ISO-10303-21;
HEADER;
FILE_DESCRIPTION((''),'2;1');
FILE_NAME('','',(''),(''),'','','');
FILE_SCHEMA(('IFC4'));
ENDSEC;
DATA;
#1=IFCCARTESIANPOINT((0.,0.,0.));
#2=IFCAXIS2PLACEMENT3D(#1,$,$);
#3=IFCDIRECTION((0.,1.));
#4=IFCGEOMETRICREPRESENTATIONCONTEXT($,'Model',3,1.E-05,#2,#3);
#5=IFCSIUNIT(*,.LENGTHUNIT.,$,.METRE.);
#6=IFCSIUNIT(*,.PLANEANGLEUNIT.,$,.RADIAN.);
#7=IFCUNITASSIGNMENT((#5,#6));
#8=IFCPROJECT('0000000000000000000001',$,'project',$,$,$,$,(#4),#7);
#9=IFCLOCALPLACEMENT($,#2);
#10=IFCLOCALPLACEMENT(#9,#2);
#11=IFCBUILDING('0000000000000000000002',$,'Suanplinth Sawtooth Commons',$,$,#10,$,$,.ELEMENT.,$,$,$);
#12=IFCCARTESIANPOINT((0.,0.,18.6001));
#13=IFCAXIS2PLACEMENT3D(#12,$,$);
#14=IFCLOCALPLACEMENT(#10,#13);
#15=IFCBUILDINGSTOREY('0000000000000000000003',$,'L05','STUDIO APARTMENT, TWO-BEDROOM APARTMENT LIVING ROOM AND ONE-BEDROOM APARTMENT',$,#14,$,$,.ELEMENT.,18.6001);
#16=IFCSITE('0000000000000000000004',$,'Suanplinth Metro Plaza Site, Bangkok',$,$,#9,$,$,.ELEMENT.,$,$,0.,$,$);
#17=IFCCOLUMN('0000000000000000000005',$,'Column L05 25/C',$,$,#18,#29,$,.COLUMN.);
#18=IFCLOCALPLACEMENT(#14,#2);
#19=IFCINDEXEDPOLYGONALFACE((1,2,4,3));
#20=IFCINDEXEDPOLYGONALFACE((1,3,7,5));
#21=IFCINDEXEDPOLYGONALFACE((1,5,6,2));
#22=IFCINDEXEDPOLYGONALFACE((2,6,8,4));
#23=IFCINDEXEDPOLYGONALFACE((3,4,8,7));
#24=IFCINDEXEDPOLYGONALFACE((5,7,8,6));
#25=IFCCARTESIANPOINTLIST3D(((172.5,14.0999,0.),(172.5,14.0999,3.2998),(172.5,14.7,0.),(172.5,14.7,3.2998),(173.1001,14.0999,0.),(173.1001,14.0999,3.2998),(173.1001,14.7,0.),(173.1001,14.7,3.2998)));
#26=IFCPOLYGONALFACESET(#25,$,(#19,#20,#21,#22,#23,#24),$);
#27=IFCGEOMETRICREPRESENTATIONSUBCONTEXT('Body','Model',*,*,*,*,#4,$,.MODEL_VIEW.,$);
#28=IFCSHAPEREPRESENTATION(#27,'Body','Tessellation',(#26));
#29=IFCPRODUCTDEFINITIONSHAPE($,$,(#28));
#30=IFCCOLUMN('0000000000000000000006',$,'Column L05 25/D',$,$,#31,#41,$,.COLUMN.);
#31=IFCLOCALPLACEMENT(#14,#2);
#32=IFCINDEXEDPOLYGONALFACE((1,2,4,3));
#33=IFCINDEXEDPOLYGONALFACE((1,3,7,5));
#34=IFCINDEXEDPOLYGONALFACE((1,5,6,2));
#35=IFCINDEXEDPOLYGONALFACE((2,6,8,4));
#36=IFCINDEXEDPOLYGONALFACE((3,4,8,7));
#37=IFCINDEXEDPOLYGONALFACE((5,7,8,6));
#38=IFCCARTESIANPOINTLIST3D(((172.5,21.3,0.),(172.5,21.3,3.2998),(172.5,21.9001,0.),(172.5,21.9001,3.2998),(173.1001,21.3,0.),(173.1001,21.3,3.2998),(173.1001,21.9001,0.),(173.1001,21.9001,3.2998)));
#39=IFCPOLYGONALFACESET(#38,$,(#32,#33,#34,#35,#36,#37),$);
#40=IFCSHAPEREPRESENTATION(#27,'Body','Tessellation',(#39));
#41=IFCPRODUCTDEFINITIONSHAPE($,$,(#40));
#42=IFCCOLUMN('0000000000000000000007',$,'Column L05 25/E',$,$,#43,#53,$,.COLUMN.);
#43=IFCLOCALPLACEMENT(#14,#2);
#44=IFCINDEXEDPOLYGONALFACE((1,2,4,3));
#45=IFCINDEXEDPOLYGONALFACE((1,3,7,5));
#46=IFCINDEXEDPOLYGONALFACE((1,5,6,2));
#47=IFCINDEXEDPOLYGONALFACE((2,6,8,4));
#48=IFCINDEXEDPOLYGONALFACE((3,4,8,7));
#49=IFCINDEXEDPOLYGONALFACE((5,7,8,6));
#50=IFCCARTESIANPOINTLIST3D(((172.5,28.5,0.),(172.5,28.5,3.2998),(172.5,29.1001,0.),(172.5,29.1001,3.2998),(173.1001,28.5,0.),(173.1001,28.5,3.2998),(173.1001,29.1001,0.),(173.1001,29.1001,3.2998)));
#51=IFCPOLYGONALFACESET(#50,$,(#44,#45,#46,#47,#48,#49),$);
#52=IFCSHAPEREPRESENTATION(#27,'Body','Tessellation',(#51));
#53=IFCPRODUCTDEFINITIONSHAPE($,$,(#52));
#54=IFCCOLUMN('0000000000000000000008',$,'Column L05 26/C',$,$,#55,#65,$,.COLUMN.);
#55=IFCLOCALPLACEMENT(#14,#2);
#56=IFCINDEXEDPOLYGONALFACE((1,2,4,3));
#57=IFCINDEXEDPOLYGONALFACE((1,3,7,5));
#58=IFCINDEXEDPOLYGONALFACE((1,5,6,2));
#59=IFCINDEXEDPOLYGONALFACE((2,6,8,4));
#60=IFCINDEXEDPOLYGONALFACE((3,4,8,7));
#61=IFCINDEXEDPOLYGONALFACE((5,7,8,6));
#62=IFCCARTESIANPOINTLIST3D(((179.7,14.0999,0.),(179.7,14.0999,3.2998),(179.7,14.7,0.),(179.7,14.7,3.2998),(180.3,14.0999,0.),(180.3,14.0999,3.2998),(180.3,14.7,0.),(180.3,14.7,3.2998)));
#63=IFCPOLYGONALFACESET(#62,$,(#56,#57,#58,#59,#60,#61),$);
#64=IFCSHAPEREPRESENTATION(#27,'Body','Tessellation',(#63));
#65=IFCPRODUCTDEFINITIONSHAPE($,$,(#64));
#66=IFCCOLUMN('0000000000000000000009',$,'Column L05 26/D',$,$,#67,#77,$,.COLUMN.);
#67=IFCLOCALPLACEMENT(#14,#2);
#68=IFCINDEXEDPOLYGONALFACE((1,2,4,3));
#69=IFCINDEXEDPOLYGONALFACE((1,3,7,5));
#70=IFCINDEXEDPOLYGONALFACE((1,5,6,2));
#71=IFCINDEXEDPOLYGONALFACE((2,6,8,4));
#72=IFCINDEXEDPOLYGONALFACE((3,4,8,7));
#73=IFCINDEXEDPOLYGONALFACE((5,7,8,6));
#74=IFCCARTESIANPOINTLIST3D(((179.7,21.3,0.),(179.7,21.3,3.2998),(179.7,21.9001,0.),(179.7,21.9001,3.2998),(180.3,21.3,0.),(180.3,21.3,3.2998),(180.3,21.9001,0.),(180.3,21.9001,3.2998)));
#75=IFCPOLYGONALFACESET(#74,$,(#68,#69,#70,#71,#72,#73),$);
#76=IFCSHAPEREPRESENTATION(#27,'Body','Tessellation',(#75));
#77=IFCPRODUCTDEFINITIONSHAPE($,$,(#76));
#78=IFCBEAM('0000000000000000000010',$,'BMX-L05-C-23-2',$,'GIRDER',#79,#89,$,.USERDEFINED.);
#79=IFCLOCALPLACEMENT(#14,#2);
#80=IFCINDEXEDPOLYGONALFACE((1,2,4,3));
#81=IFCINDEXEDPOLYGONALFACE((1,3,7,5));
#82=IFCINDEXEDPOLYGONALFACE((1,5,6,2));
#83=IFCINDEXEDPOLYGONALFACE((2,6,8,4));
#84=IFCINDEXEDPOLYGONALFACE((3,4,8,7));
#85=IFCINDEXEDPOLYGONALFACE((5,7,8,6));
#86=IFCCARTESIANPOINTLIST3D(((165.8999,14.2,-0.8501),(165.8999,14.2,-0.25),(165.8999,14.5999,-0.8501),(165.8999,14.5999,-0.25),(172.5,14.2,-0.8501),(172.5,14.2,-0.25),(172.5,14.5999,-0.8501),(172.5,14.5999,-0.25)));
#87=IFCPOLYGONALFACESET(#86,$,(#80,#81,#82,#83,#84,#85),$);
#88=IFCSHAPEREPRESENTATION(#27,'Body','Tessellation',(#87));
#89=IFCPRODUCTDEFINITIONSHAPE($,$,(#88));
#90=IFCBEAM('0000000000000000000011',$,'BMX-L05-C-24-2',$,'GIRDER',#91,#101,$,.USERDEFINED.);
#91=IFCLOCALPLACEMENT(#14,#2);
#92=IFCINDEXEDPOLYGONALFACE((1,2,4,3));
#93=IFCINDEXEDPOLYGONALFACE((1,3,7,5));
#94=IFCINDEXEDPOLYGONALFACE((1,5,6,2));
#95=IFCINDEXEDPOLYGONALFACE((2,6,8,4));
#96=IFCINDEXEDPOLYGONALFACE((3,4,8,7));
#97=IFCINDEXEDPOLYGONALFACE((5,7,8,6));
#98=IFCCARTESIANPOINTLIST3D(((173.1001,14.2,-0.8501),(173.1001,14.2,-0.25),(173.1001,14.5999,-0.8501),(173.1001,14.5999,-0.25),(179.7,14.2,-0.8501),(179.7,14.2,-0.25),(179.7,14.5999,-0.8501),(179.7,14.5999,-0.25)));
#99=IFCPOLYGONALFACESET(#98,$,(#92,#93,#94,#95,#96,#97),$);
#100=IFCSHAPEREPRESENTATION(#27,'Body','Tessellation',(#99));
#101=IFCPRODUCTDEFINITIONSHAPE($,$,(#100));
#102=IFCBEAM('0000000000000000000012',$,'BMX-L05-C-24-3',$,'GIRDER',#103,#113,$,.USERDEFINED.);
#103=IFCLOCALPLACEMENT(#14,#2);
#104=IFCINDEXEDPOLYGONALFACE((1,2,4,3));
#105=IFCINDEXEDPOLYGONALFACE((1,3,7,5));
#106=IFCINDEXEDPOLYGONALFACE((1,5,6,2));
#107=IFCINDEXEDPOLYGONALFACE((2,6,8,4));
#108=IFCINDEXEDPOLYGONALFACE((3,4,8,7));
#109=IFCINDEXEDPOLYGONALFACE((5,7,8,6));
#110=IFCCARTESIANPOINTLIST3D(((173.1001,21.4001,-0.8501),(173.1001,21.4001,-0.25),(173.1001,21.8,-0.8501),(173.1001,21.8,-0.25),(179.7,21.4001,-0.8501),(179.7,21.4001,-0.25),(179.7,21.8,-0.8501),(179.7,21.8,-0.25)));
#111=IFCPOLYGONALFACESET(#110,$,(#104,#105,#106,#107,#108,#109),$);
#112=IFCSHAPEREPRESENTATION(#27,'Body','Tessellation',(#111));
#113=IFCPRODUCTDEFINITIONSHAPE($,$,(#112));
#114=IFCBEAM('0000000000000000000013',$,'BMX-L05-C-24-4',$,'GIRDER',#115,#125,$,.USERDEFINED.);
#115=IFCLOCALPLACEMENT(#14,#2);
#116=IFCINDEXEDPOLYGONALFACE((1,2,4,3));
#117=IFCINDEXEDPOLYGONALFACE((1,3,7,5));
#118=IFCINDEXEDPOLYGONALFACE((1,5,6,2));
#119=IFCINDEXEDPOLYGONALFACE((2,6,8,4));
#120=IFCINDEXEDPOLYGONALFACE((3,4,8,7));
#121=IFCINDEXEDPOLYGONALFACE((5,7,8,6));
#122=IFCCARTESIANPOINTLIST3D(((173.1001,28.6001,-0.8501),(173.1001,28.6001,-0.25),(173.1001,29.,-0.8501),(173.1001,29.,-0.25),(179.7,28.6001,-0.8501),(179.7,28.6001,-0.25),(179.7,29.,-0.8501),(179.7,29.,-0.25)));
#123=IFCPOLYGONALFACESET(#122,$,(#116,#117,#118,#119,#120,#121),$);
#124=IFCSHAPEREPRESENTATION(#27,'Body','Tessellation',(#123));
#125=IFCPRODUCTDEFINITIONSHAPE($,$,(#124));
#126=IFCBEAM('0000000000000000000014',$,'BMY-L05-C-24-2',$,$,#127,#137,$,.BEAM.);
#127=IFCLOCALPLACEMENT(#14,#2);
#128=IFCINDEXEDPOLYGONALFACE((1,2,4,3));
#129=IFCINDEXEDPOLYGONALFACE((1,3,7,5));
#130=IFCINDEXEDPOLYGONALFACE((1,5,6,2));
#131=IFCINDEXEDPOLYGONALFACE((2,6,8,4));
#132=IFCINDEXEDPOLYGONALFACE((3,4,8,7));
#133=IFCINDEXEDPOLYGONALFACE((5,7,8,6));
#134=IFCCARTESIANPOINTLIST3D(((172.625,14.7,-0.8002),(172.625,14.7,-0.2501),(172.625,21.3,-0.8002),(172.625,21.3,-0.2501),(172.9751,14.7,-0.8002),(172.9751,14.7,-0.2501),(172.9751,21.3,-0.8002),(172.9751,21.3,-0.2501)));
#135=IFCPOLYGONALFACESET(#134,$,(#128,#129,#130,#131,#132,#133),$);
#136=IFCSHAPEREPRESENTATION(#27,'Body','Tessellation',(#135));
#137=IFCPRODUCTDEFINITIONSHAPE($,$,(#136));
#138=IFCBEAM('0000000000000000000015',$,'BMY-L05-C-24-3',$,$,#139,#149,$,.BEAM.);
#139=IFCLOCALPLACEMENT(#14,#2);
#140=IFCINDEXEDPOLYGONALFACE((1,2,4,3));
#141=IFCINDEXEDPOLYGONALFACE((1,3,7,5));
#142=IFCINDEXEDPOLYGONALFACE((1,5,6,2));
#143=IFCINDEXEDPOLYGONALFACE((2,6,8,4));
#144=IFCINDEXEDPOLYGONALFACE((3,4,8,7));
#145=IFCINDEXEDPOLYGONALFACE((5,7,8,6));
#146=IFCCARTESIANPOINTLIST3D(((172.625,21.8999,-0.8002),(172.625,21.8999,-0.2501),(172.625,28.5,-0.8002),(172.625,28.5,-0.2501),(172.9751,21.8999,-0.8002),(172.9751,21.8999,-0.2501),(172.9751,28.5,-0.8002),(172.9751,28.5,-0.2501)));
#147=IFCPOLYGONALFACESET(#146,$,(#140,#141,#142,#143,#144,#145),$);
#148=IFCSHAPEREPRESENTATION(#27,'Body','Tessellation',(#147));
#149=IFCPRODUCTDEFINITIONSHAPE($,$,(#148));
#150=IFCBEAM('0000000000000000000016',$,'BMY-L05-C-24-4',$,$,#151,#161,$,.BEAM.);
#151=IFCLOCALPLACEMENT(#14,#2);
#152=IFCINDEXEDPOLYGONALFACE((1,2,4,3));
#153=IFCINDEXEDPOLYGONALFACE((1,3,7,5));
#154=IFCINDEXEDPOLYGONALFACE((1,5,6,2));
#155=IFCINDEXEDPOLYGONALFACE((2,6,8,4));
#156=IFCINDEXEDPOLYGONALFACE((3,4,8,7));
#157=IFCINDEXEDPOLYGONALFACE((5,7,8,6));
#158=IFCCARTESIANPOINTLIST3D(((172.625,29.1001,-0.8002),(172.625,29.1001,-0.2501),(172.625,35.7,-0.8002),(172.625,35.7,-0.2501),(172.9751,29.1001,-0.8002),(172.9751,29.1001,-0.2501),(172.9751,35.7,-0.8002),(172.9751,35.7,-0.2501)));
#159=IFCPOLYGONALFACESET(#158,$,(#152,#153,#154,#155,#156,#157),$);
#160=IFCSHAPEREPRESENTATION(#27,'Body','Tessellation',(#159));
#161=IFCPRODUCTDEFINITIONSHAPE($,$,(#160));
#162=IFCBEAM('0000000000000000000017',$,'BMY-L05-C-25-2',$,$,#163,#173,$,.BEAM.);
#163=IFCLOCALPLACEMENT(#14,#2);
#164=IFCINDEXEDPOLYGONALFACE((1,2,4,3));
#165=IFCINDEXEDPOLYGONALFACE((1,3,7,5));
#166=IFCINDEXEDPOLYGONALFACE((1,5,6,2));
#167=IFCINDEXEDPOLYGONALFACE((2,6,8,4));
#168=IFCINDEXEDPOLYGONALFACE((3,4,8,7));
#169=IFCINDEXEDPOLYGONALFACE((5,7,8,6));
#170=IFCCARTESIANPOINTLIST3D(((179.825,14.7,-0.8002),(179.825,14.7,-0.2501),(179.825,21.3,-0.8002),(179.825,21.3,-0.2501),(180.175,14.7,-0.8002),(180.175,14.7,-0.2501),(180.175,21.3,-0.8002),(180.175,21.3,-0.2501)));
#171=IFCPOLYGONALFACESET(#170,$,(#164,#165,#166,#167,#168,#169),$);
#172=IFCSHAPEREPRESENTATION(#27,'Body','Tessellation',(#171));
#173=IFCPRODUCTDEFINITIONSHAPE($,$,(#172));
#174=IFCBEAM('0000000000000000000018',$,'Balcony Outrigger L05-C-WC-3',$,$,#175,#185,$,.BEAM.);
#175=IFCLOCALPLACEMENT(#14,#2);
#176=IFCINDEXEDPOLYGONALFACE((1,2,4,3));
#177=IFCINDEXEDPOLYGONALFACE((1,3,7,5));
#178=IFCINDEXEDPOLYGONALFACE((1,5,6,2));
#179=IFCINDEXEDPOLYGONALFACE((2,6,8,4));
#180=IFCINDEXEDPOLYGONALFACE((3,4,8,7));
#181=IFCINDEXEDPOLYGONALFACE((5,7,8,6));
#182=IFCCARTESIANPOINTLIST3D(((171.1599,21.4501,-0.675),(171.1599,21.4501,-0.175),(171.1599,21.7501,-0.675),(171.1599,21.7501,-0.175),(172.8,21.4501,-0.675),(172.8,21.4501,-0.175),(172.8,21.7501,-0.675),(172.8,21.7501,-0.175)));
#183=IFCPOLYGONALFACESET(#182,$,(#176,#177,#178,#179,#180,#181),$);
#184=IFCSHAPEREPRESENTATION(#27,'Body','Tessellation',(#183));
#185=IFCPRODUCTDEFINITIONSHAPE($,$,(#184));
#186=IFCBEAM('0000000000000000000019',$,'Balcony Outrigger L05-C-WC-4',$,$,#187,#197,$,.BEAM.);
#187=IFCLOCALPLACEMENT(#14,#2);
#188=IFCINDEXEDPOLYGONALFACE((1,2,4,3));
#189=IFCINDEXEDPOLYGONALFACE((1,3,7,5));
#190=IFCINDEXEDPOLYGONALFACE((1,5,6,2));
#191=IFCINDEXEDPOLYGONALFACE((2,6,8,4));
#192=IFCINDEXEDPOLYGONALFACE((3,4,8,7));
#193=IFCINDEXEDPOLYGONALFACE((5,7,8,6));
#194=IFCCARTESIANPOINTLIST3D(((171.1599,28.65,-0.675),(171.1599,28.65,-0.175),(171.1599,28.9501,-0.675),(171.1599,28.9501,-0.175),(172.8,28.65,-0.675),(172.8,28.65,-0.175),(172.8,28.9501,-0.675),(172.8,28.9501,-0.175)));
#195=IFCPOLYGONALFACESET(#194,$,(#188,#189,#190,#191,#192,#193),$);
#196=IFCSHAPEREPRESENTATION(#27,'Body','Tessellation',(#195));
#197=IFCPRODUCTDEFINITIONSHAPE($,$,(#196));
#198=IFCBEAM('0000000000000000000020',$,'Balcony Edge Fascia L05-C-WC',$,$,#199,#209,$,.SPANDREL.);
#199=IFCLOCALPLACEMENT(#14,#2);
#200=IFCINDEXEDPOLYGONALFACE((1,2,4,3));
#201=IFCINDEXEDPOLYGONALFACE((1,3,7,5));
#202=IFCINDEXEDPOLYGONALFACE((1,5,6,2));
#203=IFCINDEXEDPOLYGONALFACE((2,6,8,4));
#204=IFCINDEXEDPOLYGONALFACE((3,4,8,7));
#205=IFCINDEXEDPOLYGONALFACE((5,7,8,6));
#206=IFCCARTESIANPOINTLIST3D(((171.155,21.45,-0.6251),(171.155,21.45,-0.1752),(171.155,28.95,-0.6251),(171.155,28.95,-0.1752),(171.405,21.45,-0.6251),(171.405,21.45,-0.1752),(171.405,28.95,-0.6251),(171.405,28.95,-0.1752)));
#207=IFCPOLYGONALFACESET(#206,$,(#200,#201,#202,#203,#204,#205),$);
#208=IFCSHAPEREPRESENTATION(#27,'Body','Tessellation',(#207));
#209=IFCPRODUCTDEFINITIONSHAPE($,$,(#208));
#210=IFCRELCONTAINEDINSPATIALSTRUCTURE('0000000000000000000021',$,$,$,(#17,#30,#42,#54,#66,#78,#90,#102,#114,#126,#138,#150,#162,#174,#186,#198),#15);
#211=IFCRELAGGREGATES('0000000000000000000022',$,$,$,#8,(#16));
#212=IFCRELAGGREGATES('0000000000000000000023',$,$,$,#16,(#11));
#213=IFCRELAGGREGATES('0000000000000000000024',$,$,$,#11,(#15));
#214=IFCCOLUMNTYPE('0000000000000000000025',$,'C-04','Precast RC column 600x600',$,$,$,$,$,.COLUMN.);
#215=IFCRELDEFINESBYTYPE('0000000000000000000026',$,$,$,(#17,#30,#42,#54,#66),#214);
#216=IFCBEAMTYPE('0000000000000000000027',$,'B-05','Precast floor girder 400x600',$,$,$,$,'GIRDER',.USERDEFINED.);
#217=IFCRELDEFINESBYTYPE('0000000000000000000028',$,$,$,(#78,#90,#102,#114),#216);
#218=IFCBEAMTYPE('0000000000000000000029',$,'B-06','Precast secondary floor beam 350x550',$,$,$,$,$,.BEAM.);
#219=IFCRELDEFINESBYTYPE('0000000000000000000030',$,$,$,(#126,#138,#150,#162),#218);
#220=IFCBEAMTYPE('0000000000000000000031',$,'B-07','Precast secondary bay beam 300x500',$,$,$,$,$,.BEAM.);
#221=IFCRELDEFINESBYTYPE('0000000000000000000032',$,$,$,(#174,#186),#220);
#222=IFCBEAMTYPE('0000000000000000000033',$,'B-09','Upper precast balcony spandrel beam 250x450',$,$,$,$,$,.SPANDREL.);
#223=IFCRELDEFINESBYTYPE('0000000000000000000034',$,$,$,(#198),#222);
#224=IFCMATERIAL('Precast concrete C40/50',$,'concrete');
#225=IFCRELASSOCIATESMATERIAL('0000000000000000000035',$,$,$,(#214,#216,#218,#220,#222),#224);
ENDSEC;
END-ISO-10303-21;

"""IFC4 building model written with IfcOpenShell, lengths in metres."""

from ifc_helpers import new_model, si_unit, direction, frame, origin, origin_2d, place, context, subcontext, project, spatial, rectangle, extrude, material, material_profile, profile_set, type_object, element, save


model = new_model("IFC4")

# Units and contexts
model_context = context("Model", 3, precision=1e-05, world=origin(), true_north=direction((0.0, 1.0)))
body_context = subcontext(model_context, "Body", "Model", "MODEL_VIEW")
ifc_project = project(units=[si_unit("LENGTHUNIT", "METRE"), si_unit("PLANEANGLEUNIT", "RADIAN")], contexts=[model_context])

# Site, building, storey
site_placement = place(None, origin())
site = spatial("IfcSite", under=ifc_project, at=site_placement, Name="Suanplinth Metro Plaza Site, Bangkok", CompositionType="ELEMENT", RefElevation=0.0)
building_placement = place(site_placement, origin())
building = spatial("IfcBuilding", under=site, at=building_placement, Name="Suanplinth Sawtooth Commons", CompositionType="ELEMENT")
storey_placement = place(building_placement, frame((0.0, 0.0, 18.6001)))
storey = spatial("IfcBuildingStorey", under=building, at=storey_placement, Name="L05", Description="STUDIO APARTMENT, TWO-BEDROOM APARTMENT LIVING ROOM AND ONE-BEDROOM APARTMENT", CompositionType="ELEMENT", Elevation=18.6001)

# Columns
ifc_material_1 = material(Name="Precast concrete C40/50", Category="concrete")
ifc_material_profile_1 = material_profile(ifc_material_1, rectangle(XDim=0.6001, YDim=0.6001, at=origin_2d()), Name="PC-COL 600x600")
ifc_profile_set_1 = profile_set([ifc_material_profile_1], Name="Precast concrete C40/50")
column_type = type_object("IfcColumnType", Name="C-04", Description="Precast RC column 600x600", PredefinedType="COLUMN", material=ifc_profile_set_1)
for number, where, z_axis, x_axis, name in (
    (1, (172.8, 14.3999, 0.0), (0.0, 0.0, 1.0), (1.0, 0.0, 0.0), "Column L05 25/C"),
    (2, (172.8, 21.6001, 0.0), (0.0, 0.0, 1.0), (1.0, 0.0, 0.0), "Column L05 25/D"),
    (3, (172.8, 28.8, 0.0), (0.0, 0.0, 1.0), (1.0, 0.0, 0.0), "Column L05 25/E"),
    (4, (180.0, 14.3999, 0.0), (0.0, 0.0, 1.0), (1.0, 0.0, 0.0), "Column L05 26/C"),
    (5, (180.0, 21.6001, 0.0), (0.0, 0.0, 1.0), (1.0, 0.0, 0.0), "Column L05 26/D"),
):
    element("IfcColumn", number, at=place(storey_placement, frame(where, z_axis=z_axis, x_axis=x_axis)), inside=storey, type_object=column_type, Name=name, PredefinedType="COLUMN", context=body_context, shape_type="SweptSolid", body=[
        extrude(rectangle(XDim=0.6001, YDim=0.6001, at=origin_2d()), origin(), (0.0, 0.0, 1.0), 3.2998),
    ])

# Beams
ifc_material_profile_2 = material_profile(ifc_material_1, rectangle(XDim=0.3999, YDim=0.6001, at=origin_2d()), Name="PC-GDR 400x600")
ifc_profile_set_2 = profile_set([ifc_material_profile_2], Name="Precast concrete C40/50")
beam_type_1 = type_object("IfcBeamType", Name="B-05", Description="Precast floor girder 400x600", ElementType="GIRDER", PredefinedType="USERDEFINED", material=ifc_profile_set_2)
beam_1_placement = place(storey_placement, frame((165.8999, 14.3999, -0.55), z_axis=(1.0, 0.0, 0.0), x_axis=(0.0, 1.0, 0.0)))
element("IfcBeam", 6, at=beam_1_placement, inside=storey, type_object=beam_type_1, Name="BMX-L05-C-23-2", ObjectType="GIRDER", PredefinedType="USERDEFINED", context=body_context, shape_type="SweptSolid", body=[
    extrude(rectangle(XDim=0.3999, YDim=0.6001, at=origin_2d()), origin(), (0.0, 0.0, 1.0), 6.6001),
])
for number, where, z_axis, x_axis, name in (
    (7, (173.1001, 14.3999, -0.55), (1.0, 0.0, 0.0), (0.0, 1.0, 0.0), "BMX-L05-C-24-2"),
    (8, (173.1001, 21.6001, -0.55), (1.0, 0.0, 0.0), (0.0, 1.0, 0.0), "BMX-L05-C-24-3"),
    (9, (173.1001, 28.8, -0.55), (1.0, 0.0, 0.0), (0.0, 1.0, 0.0), "BMX-L05-C-24-4"),
):
    element("IfcBeam", number, at=place(storey_placement, frame(where, z_axis=z_axis, x_axis=x_axis)), inside=storey, type_object=beam_type_1, Name=name, ObjectType="GIRDER", PredefinedType="USERDEFINED", context=body_context, shape_type="SweptSolid", body=[
        extrude(rectangle(XDim=0.3999, YDim=0.6001, at=origin_2d()), origin(), (0.0, 0.0, 1.0), 6.5999),
    ])
ifc_material_profile_3 = material_profile(ifc_material_1, rectangle(XDim=0.3501, YDim=0.55, at=origin_2d()), Name="PC-BM 350x550")
ifc_profile_set_3 = profile_set([ifc_material_profile_3], Name="Precast concrete C40/50")
beam_type_2 = type_object("IfcBeamType", Name="B-06", Description="Precast secondary floor beam 350x550", PredefinedType="BEAM", material=ifc_profile_set_3)
for number, where, z_axis, x_axis, name in (
    (10, (172.8, 14.7, -0.5251), (0.0, 1.0, 0.0), (-1.0, 0.0, 0.0), "BMY-L05-C-24-2"),
    (11, (172.8, 21.8999, -0.5251), (0.0, 1.0, 0.0), (-1.0, 0.0, 0.0), "BMY-L05-C-24-3"),
):
    element("IfcBeam", number, at=place(storey_placement, frame(where, z_axis=z_axis, x_axis=x_axis)), inside=storey, type_object=beam_type_2, Name=name, PredefinedType="BEAM", context=body_context, shape_type="SweptSolid", body=[
        extrude(rectangle(XDim=0.3501, YDim=0.55, at=origin_2d()), origin(), (0.0, 0.0, 1.0), 6.6001),
    ])
beam_2_placement = place(storey_placement, frame((172.8, 29.1001, -0.5251), z_axis=(0.0, 1.0, 0.0), x_axis=(-1.0, 0.0, 0.0)))
element("IfcBeam", 12, at=beam_2_placement, inside=storey, type_object=beam_type_2, Name="BMY-L05-C-24-4", PredefinedType="BEAM", context=body_context, shape_type="SweptSolid", body=[
    extrude(rectangle(XDim=0.3501, YDim=0.55, at=origin_2d()), origin(), (0.0, 0.0, 1.0), 6.5999),
])
beam_3_placement = place(storey_placement, frame((180.0, 14.7, -0.5251), z_axis=(0.0, 1.0, 0.0), x_axis=(-1.0, 0.0, 0.0)))
element("IfcBeam", 13, at=beam_3_placement, inside=storey, type_object=beam_type_2, Name="BMY-L05-C-25-2", PredefinedType="BEAM", context=body_context, shape_type="SweptSolid", body=[
    extrude(rectangle(XDim=0.3501, YDim=0.55, at=origin_2d()), origin(), (0.0, 0.0, 1.0), 6.6001),
])
ifc_material_profile_4 = material_profile(ifc_material_1, rectangle(XDim=0.3, YDim=0.5, at=origin_2d()), Name="PC-BM 300x500")
ifc_profile_set_4 = profile_set([ifc_material_profile_4], Name="Precast concrete C40/50")
beam_type_3 = type_object("IfcBeamType", Name="B-07", Description="Precast secondary bay beam 300x500", PredefinedType="BEAM", material=ifc_profile_set_4)
for number, where, z_axis, x_axis, name in (
    (14, (172.8, 21.6001, -0.425), (-1.0, 0.0, 0.0), (0.0, -1.0, 0.0), "Balcony Outrigger L05-C-WC-3"),
    (15, (172.8, 28.8, -0.425), (-1.0, 0.0, 0.0), (0.0, -1.0, 0.0), "Balcony Outrigger L05-C-WC-4"),
):
    element("IfcBeam", number, at=place(storey_placement, frame(where, z_axis=z_axis, x_axis=x_axis)), inside=storey, type_object=beam_type_3, Name=name, PredefinedType="BEAM", context=body_context, shape_type="SweptSolid", body=[
        extrude(rectangle(XDim=0.3, YDim=0.5, at=origin_2d()), origin(), (0.0, 0.0, 1.0), 1.6401),
    ])
ifc_material_profile_5 = material_profile(ifc_material_1, rectangle(XDim=0.25, YDim=0.45, at=origin_2d()), Name="PC-SP 250x450")
ifc_profile_set_5 = profile_set([ifc_material_profile_5], Name="Precast concrete C40/50")
beam_type_4 = type_object("IfcBeamType", Name="B-09", Description="Upper precast balcony spandrel beam 250x450", PredefinedType="SPANDREL", material=ifc_profile_set_5)
beam_4_placement = place(storey_placement, frame((171.28, 21.45, -0.4001), z_axis=(0.0, 1.0, 0.0), x_axis=(-1.0, 0.0, 0.0)))
element("IfcBeam", 16, at=beam_4_placement, inside=storey, type_object=beam_type_4, Name="Balcony Edge Fascia L05-C-WC", PredefinedType="SPANDREL", context=body_context, shape_type="SweptSolid", body=[
    extrude(rectangle(XDim=0.25, YDim=0.45, at=origin_2d()), origin(), (0.0, 0.0, 1.0), 7.5),
])

save(model, "model.ifc")
